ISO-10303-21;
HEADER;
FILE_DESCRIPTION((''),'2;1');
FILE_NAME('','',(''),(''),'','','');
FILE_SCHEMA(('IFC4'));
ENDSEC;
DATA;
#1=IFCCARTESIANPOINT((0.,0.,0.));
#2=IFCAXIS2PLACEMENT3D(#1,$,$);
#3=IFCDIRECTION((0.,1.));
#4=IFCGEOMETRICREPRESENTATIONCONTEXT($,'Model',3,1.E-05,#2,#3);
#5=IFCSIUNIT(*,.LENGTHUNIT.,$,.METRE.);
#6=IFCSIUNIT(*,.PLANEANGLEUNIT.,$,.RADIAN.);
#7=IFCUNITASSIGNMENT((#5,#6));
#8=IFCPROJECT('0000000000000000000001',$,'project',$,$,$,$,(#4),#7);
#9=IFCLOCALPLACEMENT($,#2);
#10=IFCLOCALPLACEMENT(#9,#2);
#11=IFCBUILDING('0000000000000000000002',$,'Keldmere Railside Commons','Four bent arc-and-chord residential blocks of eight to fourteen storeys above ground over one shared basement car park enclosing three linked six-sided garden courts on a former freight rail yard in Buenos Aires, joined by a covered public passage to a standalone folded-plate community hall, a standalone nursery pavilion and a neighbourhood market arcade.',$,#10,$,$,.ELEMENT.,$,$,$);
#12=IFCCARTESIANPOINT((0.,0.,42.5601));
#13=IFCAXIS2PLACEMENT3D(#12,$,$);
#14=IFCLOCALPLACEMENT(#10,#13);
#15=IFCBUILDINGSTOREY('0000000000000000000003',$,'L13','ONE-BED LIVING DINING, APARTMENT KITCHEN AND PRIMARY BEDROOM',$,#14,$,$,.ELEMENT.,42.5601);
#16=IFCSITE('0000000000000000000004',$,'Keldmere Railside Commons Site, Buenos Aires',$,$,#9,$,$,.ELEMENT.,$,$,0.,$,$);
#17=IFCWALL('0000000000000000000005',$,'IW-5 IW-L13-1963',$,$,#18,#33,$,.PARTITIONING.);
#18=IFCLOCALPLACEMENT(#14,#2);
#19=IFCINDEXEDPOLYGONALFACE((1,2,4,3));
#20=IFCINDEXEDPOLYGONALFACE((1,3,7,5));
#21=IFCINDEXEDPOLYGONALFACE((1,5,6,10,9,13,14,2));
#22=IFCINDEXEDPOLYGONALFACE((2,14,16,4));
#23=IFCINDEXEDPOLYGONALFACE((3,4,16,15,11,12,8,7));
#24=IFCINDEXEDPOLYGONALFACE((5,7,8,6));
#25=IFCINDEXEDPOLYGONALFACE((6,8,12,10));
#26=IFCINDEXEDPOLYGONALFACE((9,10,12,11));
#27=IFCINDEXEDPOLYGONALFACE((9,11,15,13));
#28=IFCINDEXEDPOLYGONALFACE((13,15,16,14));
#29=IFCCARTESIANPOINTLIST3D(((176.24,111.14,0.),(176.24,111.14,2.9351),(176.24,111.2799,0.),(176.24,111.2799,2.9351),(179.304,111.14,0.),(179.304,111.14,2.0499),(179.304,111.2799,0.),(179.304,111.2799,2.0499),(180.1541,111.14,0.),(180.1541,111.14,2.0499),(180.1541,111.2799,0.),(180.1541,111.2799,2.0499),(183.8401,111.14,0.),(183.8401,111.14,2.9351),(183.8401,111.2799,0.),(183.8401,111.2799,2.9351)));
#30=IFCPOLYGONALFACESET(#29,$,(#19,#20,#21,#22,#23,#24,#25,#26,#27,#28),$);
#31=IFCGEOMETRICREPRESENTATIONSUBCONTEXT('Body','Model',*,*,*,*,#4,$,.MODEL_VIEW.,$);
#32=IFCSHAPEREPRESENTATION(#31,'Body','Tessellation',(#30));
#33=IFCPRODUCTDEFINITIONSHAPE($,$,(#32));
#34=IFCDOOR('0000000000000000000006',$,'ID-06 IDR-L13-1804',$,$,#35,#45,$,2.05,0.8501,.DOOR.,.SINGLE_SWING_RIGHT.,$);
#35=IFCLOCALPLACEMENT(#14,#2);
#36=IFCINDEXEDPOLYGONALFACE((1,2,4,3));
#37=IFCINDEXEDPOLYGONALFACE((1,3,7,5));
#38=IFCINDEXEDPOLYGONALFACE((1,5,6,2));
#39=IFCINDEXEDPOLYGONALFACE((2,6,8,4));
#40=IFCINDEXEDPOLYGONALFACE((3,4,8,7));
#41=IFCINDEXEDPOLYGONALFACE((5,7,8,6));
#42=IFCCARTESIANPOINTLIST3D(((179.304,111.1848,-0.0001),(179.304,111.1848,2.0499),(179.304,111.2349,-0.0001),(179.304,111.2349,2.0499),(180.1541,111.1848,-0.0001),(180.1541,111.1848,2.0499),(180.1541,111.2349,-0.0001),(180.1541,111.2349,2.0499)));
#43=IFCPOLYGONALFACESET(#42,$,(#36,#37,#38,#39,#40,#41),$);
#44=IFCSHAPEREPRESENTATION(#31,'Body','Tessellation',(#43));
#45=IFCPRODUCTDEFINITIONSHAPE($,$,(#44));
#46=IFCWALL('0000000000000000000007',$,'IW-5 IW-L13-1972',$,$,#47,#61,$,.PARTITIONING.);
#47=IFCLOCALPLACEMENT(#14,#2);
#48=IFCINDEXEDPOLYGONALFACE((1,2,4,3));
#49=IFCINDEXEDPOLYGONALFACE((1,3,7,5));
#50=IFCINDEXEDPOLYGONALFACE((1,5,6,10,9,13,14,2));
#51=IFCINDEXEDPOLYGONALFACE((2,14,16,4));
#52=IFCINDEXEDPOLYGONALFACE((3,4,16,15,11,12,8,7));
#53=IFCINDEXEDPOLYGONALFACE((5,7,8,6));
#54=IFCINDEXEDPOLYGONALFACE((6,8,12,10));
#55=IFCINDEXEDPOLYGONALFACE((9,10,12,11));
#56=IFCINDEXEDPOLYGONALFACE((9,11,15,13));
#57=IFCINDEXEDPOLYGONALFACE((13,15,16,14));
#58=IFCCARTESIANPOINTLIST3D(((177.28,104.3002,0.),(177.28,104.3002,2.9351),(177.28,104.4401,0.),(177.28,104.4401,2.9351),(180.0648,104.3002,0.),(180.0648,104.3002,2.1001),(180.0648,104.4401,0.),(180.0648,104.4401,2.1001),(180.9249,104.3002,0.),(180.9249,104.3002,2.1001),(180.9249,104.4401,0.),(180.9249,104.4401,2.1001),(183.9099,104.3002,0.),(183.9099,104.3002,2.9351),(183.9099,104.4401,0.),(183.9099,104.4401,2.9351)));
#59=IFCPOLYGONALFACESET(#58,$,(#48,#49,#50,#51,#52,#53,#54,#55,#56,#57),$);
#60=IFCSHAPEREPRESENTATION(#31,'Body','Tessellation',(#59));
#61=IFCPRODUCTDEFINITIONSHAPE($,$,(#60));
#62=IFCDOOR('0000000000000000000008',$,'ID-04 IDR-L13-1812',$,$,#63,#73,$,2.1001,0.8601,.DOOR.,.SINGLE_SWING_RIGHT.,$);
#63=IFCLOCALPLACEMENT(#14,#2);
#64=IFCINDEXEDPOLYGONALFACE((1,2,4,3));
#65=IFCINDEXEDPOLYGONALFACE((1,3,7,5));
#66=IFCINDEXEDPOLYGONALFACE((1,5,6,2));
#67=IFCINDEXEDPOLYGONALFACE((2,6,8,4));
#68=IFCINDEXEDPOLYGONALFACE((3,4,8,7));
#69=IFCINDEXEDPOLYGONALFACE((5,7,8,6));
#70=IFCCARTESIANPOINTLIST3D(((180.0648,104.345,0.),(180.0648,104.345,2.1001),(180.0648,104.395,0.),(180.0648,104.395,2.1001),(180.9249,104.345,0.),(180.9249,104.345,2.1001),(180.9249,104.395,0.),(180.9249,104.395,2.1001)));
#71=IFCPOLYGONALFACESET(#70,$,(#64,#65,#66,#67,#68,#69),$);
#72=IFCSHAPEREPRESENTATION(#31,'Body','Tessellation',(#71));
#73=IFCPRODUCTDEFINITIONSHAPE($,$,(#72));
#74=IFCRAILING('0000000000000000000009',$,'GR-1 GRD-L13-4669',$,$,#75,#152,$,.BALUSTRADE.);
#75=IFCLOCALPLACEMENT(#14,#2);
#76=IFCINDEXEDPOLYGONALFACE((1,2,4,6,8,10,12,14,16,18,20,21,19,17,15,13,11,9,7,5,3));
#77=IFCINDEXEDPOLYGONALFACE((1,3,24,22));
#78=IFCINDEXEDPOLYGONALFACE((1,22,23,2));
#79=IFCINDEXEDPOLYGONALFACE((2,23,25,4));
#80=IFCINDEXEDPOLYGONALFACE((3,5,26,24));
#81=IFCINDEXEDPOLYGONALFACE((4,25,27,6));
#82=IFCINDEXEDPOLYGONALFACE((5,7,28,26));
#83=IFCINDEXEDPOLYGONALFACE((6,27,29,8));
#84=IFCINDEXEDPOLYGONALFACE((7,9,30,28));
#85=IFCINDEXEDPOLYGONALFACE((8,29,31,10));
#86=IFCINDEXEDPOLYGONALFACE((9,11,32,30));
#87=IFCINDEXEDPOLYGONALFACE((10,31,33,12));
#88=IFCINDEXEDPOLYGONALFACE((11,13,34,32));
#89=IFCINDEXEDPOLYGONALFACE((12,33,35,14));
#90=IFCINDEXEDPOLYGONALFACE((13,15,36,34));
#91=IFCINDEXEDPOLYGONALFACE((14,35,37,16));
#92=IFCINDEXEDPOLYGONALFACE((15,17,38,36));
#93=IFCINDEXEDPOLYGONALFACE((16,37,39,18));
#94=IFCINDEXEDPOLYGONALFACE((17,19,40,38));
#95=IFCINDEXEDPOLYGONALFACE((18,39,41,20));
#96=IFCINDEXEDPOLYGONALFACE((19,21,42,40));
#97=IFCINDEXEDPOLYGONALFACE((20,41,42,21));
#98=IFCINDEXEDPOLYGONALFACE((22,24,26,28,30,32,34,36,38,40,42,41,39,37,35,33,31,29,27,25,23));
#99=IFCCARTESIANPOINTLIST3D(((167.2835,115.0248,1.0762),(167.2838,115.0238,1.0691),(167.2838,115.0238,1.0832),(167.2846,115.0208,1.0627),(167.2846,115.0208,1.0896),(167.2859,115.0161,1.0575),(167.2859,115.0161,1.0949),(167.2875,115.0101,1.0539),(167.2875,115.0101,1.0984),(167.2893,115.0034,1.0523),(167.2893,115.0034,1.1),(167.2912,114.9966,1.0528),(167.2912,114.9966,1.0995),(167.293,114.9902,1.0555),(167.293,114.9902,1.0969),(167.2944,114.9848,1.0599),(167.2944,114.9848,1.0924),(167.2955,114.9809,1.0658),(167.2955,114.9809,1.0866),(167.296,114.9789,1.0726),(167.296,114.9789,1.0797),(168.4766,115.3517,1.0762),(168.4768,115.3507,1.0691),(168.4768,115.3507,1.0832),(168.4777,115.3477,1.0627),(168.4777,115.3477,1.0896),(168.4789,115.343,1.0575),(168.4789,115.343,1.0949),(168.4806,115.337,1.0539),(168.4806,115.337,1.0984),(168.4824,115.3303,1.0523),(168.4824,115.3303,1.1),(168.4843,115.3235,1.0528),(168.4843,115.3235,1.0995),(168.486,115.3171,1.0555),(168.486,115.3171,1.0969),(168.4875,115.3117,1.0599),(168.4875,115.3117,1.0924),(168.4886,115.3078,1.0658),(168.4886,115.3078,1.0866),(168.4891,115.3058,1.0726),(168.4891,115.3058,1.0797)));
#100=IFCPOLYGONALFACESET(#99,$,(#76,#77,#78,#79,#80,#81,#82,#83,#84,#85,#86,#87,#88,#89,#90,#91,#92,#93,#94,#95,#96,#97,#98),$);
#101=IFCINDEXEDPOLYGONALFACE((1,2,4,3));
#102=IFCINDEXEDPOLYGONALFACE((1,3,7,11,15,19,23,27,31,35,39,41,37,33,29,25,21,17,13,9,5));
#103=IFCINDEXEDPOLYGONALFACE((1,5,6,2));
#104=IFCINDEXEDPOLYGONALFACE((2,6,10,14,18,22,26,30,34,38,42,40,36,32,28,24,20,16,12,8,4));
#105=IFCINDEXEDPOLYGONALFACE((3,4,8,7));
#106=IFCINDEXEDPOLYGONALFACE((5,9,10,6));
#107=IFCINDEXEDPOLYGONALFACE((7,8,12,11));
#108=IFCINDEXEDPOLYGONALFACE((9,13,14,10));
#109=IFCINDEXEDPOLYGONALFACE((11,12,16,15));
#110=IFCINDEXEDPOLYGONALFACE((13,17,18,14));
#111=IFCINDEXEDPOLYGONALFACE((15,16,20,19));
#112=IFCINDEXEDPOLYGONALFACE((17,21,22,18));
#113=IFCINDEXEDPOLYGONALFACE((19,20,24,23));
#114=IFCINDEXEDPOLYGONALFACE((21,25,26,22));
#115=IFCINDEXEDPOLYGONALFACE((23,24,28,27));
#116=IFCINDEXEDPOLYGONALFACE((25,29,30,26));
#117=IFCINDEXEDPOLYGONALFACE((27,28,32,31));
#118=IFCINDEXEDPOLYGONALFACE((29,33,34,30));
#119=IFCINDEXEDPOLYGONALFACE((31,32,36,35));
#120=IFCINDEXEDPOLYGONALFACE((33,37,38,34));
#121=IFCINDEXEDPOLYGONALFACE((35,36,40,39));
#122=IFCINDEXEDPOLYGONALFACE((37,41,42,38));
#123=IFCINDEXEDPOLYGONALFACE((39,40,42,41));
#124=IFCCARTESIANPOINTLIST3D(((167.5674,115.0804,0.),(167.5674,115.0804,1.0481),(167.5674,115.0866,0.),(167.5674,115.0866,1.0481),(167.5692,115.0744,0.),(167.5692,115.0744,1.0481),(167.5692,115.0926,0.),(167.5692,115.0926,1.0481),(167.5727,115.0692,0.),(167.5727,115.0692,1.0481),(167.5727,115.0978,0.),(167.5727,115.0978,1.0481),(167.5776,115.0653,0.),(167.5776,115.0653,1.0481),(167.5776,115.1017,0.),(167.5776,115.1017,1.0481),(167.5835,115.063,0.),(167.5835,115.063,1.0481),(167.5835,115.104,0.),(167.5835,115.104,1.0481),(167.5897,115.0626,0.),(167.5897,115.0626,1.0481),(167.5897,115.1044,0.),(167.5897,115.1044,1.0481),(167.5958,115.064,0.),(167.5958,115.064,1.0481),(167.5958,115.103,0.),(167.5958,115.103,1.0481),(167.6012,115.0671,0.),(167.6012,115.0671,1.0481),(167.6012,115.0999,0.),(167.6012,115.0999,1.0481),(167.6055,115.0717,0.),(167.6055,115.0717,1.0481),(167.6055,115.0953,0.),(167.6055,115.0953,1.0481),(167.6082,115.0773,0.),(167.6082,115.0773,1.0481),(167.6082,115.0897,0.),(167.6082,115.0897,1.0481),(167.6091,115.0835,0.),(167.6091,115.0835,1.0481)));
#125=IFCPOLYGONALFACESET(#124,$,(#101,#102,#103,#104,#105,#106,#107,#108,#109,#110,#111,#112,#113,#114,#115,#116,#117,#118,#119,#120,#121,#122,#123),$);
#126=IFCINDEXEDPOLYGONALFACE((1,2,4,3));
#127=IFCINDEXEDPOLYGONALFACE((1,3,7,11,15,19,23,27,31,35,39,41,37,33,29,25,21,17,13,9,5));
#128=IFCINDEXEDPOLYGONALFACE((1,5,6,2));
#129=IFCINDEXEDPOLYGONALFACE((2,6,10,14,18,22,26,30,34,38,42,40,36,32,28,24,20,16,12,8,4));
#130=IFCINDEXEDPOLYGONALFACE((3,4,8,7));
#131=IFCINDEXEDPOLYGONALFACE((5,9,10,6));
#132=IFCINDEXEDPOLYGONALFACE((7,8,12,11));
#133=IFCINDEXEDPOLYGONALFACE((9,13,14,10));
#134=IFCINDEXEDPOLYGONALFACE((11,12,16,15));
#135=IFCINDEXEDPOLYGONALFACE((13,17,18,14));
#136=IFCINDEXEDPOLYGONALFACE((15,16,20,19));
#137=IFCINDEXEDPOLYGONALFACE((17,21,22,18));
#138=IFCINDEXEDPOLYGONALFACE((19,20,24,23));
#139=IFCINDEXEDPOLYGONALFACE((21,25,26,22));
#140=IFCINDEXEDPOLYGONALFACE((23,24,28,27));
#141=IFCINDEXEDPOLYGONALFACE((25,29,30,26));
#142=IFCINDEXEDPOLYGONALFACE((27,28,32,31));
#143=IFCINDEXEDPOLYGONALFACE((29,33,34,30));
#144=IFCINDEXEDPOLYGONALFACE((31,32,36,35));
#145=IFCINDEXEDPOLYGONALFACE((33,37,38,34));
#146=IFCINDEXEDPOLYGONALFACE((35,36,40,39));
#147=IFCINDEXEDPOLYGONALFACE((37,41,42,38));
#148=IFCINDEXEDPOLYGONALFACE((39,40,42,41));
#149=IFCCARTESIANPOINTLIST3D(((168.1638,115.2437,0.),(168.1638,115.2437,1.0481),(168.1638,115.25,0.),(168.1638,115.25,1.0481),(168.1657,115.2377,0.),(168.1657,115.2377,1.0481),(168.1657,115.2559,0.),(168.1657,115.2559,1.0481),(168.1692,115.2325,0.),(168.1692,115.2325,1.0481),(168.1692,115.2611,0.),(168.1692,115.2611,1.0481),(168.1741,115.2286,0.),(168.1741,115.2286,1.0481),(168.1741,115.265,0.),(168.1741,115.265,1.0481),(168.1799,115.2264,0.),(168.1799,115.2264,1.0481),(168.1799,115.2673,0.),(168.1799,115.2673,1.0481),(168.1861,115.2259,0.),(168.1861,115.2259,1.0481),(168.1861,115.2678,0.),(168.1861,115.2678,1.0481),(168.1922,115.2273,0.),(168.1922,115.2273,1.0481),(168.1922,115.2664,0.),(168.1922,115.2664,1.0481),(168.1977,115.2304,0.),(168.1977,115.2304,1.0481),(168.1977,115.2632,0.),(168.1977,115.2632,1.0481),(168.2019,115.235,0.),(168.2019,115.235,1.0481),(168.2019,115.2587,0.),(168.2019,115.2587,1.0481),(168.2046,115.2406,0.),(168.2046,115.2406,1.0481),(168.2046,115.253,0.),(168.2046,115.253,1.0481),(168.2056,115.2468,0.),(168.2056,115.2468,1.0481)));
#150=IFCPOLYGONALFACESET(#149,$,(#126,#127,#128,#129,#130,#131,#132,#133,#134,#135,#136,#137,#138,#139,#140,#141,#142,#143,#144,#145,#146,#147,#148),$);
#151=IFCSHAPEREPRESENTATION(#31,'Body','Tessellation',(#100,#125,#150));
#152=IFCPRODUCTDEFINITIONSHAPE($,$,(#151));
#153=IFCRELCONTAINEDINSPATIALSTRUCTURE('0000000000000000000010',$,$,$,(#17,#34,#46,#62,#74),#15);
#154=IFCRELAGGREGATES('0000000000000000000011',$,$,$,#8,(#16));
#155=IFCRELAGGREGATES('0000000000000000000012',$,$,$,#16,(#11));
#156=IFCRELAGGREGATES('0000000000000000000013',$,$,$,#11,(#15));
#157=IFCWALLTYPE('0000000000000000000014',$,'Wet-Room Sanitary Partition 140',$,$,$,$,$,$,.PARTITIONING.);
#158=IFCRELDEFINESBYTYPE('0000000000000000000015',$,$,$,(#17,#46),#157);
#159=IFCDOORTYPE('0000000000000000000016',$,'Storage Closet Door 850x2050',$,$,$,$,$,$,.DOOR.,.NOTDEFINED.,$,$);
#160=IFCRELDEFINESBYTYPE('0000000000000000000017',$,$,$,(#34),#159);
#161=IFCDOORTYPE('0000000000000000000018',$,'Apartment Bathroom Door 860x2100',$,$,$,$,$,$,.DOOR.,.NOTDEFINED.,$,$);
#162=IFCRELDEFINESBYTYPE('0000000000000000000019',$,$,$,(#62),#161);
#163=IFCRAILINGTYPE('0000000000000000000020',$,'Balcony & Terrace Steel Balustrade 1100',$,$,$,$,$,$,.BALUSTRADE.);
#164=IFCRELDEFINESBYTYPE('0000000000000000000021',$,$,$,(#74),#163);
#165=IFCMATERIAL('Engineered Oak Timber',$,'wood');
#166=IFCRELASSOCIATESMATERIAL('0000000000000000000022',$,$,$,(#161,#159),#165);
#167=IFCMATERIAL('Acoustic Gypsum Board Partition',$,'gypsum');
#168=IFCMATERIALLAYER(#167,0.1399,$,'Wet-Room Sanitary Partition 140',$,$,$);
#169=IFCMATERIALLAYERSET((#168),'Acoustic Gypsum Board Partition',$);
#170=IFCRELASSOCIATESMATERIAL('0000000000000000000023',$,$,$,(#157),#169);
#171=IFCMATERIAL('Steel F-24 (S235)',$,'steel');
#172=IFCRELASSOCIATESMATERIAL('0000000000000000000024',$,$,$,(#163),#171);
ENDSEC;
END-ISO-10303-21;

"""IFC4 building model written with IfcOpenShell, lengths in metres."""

from ifc_helpers import new_model, si_unit, direction, frame, frame_2d, origin, origin_2d, place, context, subcontext, project, spatial, rectangle, circle, extrude, material, layer, layer_set, type_object, element, fill, save


model = new_model("IFC4")

# Units and contexts
model_context = context("Model", 3, precision=1e-05, world=origin(), true_north=direction((0.0, 1.0)))
body_context = subcontext(model_context, "Body", "Model", "MODEL_VIEW")
ifc_project = project(units=[si_unit("LENGTHUNIT", "METRE"), si_unit("PLANEANGLEUNIT", "RADIAN")], contexts=[model_context])

# Site, building, storey
site_placement = place(None, origin())
site = spatial("IfcSite", under=ifc_project, at=site_placement, Name="Keldmere Railside Commons Site, Buenos Aires", CompositionType="ELEMENT", RefElevation=0.0)
building_placement = place(site_placement, origin())
building = spatial("IfcBuilding", under=site, at=building_placement, Name="Keldmere Railside Commons", Description="Four bent arc-and-chord residential blocks of eight to fourteen storeys above ground over one shared basement car park enclosing three linked six-sided garden courts on a former freight rail yard in Buenos Aires, joined by a covered public passage to a standalone folded-plate community hall, a standalone nursery pavilion and a neighbourhood market arcade.", CompositionType="ELEMENT")
storey_placement = place(building_placement, frame((0.0, 0.0, 42.5601)))
storey = spatial("IfcBuildingStorey", under=building, at=storey_placement, Name="L13", Description="ONE-BED LIVING DINING, APARTMENT KITCHEN AND PRIMARY BEDROOM", CompositionType="ELEMENT", Elevation=42.5601)

# Shared definitions
ifc_material_1 = material(Name="Acoustic Gypsum Board Partition", Category="gypsum")
ifc_material_2 = material(Name="Engineered Oak Timber", Category="wood")
door_type_1 = type_object("IfcDoorType", Name="Apartment Bathroom Door 860x2100", OperationType="NOTDEFINED", PredefinedType="DOOR", material=ifc_material_2)

# Shared definitions
ifc_layer_1 = layer(ifc_material_1, 0.1399, Name="Wet-Room Sanitary Partition 140")
ifc_layer_set_1 = layer_set([ifc_layer_1], Name="Acoustic Gypsum Board Partition")
wall_type_1 = type_object("IfcWallType", Name="Wet-Room Sanitary Partition 140", PredefinedType="PARTITIONING", material=ifc_layer_set_1)

# Walls, openings, doors
wall_1_placement = place(storey_placement, frame((176.24, 111.21, 0.0), z_axis=(0.0, 0.0, 1.0), x_axis=(1.0, 0.0, 0.0)))
wall_1 = element("IfcWall", 1, at=wall_1_placement, inside=storey, type_object=wall_type_1, Name="IW-5 IW-L13-1963", PredefinedType="PARTITIONING", context=body_context, shape_type="SweptSolid", body=[
    extrude(rectangle(XDim=7.6001, YDim=0.1399, at=frame_2d((3.8, 0.0))), origin(), (0.0, 0.0, 1.0), 2.9351),
])
opening_1_placement = place(wall_1_placement, frame((3.064, 0.0, 0.0)))
opening_1 = element("IfcOpeningElement", 2, at=opening_1_placement, cuts=wall_1, PredefinedType="OPENING", context=body_context, shape_type="SweptSolid", body=[
    extrude(rectangle(XDim=0.8501, YDim=2.05, at=frame_2d((0.425, 1.0249))), frame((0.0, 0.0798, 0.0), z_axis=(0.0, -1.0, 0.0), x_axis=(1.0, 0.0, 0.0)), (0.0, 0.0, 1.0), 0.1599),
])
door_type_2 = type_object("IfcDoorType", Name="Storage Closet Door 850x2050", OperationType="NOTDEFINED", PredefinedType="DOOR", material=ifc_material_2)
door_1_placement = place(opening_1_placement, origin())
door_1 = element("IfcDoor", 3, at=door_1_placement, inside=storey, type_object=door_type_2, Name="ID-06 IDR-L13-1804", OperationType="SINGLE_SWING_RIGHT", OverallHeight=2.05, OverallWidth=0.8501, PredefinedType="DOOR", context=body_context, shape_type="SweptSolid", body=[
    extrude(rectangle(XDim=0.8501, YDim=2.05, at=frame_2d((0.425, 1.0249))), frame((0.0, 0.0249, 0.0), z_axis=(0.0, -1.0, 0.0), x_axis=(1.0, 0.0, 0.0)), (0.0, 0.0, 1.0), 0.05),
])
fill(opening_1, door_1)
wall_2_placement = place(storey_placement, frame((177.28, 104.3701, 0.0), z_axis=(0.0, 0.0, 1.0), x_axis=(1.0, 0.0, 0.0)))
wall_2 = element("IfcWall", 4, at=wall_2_placement, inside=storey, type_object=wall_type_1, Name="IW-5 IW-L13-1972", PredefinedType="PARTITIONING", context=body_context, shape_type="SweptSolid", body=[
    extrude(rectangle(XDim=6.6299, YDim=0.1399, at=frame_2d((3.3149, 0.0))), origin(), (0.0, 0.0, 1.0), 2.9351),
])
opening_2_placement = place(wall_2_placement, frame((2.7847, 0.0, 0.0)))
opening_2 = element("IfcOpeningElement", 5, at=opening_2_placement, cuts=wall_2, PredefinedType="OPENING", context=body_context, shape_type="SweptSolid", body=[
    extrude(rectangle(XDim=0.8601, YDim=2.1001, at=frame_2d((0.4302, 1.05))), frame((0.0, 0.0798, 0.0), z_axis=(0.0, -1.0, 0.0), x_axis=(1.0, 0.0, 0.0)), (0.0, 0.0, 1.0), 0.1599),
])
door_2_placement = place(opening_2_placement, origin())
door_2 = element("IfcDoor", 6, at=door_2_placement, inside=storey, type_object=door_type_1, Name="ID-04 IDR-L13-1812", OperationType="SINGLE_SWING_RIGHT", OverallHeight=2.1001, OverallWidth=0.8601, PredefinedType="DOOR", context=body_context, shape_type="SweptSolid", body=[
    extrude(rectangle(XDim=0.8601, YDim=2.1001, at=frame_2d((0.4302, 1.05))), frame((0.0, 0.0249, 0.0), z_axis=(0.0, -1.0, 0.0), x_axis=(1.0, 0.0, 0.0)), (0.0, 0.0, 1.0), 0.05),
])
fill(opening_2, door_2)

# Railing
ifc_material_3 = material(Name="Steel F-24 (S235)", Category="steel")
railing_type = type_object("IfcRailingType", Name="Balcony & Terrace Steel Balustrade 1100", PredefinedType="BALUSTRADE", material=ifc_material_3)
railing_1_placement = place(storey_placement, frame((167.2898, 115.0017, 0.0)))
element("IfcRailing", 7, at=railing_1_placement, inside=storey, type_object=railing_type, Name="GR-1 GRD-L13-4669", PredefinedType="BALUSTRADE", context=body_context, shape_type="SweptSolid", body=[
    extrude(circle(Radius=0.0239, at=origin_2d()), frame((0.0, 0.0, 1.0762), z_axis=(0.964453, 0.264253, 0.0), x_axis=(-0.264253, 0.964453, 0.0)), (0.0, 0.0, 1.0), 1.2371),
    extrude(circle(Radius=0.021, at=origin_2d()), frame((0.2983, 0.0818, 0.0)), (0.0, 0.0, 1.0), 1.0481),
    extrude(circle(Radius=0.021, at=origin_2d()), frame((0.8948, 0.2451, 0.0)), (0.0, 0.0, 1.0), 1.0481),
])

save(model, "model.ifc")
